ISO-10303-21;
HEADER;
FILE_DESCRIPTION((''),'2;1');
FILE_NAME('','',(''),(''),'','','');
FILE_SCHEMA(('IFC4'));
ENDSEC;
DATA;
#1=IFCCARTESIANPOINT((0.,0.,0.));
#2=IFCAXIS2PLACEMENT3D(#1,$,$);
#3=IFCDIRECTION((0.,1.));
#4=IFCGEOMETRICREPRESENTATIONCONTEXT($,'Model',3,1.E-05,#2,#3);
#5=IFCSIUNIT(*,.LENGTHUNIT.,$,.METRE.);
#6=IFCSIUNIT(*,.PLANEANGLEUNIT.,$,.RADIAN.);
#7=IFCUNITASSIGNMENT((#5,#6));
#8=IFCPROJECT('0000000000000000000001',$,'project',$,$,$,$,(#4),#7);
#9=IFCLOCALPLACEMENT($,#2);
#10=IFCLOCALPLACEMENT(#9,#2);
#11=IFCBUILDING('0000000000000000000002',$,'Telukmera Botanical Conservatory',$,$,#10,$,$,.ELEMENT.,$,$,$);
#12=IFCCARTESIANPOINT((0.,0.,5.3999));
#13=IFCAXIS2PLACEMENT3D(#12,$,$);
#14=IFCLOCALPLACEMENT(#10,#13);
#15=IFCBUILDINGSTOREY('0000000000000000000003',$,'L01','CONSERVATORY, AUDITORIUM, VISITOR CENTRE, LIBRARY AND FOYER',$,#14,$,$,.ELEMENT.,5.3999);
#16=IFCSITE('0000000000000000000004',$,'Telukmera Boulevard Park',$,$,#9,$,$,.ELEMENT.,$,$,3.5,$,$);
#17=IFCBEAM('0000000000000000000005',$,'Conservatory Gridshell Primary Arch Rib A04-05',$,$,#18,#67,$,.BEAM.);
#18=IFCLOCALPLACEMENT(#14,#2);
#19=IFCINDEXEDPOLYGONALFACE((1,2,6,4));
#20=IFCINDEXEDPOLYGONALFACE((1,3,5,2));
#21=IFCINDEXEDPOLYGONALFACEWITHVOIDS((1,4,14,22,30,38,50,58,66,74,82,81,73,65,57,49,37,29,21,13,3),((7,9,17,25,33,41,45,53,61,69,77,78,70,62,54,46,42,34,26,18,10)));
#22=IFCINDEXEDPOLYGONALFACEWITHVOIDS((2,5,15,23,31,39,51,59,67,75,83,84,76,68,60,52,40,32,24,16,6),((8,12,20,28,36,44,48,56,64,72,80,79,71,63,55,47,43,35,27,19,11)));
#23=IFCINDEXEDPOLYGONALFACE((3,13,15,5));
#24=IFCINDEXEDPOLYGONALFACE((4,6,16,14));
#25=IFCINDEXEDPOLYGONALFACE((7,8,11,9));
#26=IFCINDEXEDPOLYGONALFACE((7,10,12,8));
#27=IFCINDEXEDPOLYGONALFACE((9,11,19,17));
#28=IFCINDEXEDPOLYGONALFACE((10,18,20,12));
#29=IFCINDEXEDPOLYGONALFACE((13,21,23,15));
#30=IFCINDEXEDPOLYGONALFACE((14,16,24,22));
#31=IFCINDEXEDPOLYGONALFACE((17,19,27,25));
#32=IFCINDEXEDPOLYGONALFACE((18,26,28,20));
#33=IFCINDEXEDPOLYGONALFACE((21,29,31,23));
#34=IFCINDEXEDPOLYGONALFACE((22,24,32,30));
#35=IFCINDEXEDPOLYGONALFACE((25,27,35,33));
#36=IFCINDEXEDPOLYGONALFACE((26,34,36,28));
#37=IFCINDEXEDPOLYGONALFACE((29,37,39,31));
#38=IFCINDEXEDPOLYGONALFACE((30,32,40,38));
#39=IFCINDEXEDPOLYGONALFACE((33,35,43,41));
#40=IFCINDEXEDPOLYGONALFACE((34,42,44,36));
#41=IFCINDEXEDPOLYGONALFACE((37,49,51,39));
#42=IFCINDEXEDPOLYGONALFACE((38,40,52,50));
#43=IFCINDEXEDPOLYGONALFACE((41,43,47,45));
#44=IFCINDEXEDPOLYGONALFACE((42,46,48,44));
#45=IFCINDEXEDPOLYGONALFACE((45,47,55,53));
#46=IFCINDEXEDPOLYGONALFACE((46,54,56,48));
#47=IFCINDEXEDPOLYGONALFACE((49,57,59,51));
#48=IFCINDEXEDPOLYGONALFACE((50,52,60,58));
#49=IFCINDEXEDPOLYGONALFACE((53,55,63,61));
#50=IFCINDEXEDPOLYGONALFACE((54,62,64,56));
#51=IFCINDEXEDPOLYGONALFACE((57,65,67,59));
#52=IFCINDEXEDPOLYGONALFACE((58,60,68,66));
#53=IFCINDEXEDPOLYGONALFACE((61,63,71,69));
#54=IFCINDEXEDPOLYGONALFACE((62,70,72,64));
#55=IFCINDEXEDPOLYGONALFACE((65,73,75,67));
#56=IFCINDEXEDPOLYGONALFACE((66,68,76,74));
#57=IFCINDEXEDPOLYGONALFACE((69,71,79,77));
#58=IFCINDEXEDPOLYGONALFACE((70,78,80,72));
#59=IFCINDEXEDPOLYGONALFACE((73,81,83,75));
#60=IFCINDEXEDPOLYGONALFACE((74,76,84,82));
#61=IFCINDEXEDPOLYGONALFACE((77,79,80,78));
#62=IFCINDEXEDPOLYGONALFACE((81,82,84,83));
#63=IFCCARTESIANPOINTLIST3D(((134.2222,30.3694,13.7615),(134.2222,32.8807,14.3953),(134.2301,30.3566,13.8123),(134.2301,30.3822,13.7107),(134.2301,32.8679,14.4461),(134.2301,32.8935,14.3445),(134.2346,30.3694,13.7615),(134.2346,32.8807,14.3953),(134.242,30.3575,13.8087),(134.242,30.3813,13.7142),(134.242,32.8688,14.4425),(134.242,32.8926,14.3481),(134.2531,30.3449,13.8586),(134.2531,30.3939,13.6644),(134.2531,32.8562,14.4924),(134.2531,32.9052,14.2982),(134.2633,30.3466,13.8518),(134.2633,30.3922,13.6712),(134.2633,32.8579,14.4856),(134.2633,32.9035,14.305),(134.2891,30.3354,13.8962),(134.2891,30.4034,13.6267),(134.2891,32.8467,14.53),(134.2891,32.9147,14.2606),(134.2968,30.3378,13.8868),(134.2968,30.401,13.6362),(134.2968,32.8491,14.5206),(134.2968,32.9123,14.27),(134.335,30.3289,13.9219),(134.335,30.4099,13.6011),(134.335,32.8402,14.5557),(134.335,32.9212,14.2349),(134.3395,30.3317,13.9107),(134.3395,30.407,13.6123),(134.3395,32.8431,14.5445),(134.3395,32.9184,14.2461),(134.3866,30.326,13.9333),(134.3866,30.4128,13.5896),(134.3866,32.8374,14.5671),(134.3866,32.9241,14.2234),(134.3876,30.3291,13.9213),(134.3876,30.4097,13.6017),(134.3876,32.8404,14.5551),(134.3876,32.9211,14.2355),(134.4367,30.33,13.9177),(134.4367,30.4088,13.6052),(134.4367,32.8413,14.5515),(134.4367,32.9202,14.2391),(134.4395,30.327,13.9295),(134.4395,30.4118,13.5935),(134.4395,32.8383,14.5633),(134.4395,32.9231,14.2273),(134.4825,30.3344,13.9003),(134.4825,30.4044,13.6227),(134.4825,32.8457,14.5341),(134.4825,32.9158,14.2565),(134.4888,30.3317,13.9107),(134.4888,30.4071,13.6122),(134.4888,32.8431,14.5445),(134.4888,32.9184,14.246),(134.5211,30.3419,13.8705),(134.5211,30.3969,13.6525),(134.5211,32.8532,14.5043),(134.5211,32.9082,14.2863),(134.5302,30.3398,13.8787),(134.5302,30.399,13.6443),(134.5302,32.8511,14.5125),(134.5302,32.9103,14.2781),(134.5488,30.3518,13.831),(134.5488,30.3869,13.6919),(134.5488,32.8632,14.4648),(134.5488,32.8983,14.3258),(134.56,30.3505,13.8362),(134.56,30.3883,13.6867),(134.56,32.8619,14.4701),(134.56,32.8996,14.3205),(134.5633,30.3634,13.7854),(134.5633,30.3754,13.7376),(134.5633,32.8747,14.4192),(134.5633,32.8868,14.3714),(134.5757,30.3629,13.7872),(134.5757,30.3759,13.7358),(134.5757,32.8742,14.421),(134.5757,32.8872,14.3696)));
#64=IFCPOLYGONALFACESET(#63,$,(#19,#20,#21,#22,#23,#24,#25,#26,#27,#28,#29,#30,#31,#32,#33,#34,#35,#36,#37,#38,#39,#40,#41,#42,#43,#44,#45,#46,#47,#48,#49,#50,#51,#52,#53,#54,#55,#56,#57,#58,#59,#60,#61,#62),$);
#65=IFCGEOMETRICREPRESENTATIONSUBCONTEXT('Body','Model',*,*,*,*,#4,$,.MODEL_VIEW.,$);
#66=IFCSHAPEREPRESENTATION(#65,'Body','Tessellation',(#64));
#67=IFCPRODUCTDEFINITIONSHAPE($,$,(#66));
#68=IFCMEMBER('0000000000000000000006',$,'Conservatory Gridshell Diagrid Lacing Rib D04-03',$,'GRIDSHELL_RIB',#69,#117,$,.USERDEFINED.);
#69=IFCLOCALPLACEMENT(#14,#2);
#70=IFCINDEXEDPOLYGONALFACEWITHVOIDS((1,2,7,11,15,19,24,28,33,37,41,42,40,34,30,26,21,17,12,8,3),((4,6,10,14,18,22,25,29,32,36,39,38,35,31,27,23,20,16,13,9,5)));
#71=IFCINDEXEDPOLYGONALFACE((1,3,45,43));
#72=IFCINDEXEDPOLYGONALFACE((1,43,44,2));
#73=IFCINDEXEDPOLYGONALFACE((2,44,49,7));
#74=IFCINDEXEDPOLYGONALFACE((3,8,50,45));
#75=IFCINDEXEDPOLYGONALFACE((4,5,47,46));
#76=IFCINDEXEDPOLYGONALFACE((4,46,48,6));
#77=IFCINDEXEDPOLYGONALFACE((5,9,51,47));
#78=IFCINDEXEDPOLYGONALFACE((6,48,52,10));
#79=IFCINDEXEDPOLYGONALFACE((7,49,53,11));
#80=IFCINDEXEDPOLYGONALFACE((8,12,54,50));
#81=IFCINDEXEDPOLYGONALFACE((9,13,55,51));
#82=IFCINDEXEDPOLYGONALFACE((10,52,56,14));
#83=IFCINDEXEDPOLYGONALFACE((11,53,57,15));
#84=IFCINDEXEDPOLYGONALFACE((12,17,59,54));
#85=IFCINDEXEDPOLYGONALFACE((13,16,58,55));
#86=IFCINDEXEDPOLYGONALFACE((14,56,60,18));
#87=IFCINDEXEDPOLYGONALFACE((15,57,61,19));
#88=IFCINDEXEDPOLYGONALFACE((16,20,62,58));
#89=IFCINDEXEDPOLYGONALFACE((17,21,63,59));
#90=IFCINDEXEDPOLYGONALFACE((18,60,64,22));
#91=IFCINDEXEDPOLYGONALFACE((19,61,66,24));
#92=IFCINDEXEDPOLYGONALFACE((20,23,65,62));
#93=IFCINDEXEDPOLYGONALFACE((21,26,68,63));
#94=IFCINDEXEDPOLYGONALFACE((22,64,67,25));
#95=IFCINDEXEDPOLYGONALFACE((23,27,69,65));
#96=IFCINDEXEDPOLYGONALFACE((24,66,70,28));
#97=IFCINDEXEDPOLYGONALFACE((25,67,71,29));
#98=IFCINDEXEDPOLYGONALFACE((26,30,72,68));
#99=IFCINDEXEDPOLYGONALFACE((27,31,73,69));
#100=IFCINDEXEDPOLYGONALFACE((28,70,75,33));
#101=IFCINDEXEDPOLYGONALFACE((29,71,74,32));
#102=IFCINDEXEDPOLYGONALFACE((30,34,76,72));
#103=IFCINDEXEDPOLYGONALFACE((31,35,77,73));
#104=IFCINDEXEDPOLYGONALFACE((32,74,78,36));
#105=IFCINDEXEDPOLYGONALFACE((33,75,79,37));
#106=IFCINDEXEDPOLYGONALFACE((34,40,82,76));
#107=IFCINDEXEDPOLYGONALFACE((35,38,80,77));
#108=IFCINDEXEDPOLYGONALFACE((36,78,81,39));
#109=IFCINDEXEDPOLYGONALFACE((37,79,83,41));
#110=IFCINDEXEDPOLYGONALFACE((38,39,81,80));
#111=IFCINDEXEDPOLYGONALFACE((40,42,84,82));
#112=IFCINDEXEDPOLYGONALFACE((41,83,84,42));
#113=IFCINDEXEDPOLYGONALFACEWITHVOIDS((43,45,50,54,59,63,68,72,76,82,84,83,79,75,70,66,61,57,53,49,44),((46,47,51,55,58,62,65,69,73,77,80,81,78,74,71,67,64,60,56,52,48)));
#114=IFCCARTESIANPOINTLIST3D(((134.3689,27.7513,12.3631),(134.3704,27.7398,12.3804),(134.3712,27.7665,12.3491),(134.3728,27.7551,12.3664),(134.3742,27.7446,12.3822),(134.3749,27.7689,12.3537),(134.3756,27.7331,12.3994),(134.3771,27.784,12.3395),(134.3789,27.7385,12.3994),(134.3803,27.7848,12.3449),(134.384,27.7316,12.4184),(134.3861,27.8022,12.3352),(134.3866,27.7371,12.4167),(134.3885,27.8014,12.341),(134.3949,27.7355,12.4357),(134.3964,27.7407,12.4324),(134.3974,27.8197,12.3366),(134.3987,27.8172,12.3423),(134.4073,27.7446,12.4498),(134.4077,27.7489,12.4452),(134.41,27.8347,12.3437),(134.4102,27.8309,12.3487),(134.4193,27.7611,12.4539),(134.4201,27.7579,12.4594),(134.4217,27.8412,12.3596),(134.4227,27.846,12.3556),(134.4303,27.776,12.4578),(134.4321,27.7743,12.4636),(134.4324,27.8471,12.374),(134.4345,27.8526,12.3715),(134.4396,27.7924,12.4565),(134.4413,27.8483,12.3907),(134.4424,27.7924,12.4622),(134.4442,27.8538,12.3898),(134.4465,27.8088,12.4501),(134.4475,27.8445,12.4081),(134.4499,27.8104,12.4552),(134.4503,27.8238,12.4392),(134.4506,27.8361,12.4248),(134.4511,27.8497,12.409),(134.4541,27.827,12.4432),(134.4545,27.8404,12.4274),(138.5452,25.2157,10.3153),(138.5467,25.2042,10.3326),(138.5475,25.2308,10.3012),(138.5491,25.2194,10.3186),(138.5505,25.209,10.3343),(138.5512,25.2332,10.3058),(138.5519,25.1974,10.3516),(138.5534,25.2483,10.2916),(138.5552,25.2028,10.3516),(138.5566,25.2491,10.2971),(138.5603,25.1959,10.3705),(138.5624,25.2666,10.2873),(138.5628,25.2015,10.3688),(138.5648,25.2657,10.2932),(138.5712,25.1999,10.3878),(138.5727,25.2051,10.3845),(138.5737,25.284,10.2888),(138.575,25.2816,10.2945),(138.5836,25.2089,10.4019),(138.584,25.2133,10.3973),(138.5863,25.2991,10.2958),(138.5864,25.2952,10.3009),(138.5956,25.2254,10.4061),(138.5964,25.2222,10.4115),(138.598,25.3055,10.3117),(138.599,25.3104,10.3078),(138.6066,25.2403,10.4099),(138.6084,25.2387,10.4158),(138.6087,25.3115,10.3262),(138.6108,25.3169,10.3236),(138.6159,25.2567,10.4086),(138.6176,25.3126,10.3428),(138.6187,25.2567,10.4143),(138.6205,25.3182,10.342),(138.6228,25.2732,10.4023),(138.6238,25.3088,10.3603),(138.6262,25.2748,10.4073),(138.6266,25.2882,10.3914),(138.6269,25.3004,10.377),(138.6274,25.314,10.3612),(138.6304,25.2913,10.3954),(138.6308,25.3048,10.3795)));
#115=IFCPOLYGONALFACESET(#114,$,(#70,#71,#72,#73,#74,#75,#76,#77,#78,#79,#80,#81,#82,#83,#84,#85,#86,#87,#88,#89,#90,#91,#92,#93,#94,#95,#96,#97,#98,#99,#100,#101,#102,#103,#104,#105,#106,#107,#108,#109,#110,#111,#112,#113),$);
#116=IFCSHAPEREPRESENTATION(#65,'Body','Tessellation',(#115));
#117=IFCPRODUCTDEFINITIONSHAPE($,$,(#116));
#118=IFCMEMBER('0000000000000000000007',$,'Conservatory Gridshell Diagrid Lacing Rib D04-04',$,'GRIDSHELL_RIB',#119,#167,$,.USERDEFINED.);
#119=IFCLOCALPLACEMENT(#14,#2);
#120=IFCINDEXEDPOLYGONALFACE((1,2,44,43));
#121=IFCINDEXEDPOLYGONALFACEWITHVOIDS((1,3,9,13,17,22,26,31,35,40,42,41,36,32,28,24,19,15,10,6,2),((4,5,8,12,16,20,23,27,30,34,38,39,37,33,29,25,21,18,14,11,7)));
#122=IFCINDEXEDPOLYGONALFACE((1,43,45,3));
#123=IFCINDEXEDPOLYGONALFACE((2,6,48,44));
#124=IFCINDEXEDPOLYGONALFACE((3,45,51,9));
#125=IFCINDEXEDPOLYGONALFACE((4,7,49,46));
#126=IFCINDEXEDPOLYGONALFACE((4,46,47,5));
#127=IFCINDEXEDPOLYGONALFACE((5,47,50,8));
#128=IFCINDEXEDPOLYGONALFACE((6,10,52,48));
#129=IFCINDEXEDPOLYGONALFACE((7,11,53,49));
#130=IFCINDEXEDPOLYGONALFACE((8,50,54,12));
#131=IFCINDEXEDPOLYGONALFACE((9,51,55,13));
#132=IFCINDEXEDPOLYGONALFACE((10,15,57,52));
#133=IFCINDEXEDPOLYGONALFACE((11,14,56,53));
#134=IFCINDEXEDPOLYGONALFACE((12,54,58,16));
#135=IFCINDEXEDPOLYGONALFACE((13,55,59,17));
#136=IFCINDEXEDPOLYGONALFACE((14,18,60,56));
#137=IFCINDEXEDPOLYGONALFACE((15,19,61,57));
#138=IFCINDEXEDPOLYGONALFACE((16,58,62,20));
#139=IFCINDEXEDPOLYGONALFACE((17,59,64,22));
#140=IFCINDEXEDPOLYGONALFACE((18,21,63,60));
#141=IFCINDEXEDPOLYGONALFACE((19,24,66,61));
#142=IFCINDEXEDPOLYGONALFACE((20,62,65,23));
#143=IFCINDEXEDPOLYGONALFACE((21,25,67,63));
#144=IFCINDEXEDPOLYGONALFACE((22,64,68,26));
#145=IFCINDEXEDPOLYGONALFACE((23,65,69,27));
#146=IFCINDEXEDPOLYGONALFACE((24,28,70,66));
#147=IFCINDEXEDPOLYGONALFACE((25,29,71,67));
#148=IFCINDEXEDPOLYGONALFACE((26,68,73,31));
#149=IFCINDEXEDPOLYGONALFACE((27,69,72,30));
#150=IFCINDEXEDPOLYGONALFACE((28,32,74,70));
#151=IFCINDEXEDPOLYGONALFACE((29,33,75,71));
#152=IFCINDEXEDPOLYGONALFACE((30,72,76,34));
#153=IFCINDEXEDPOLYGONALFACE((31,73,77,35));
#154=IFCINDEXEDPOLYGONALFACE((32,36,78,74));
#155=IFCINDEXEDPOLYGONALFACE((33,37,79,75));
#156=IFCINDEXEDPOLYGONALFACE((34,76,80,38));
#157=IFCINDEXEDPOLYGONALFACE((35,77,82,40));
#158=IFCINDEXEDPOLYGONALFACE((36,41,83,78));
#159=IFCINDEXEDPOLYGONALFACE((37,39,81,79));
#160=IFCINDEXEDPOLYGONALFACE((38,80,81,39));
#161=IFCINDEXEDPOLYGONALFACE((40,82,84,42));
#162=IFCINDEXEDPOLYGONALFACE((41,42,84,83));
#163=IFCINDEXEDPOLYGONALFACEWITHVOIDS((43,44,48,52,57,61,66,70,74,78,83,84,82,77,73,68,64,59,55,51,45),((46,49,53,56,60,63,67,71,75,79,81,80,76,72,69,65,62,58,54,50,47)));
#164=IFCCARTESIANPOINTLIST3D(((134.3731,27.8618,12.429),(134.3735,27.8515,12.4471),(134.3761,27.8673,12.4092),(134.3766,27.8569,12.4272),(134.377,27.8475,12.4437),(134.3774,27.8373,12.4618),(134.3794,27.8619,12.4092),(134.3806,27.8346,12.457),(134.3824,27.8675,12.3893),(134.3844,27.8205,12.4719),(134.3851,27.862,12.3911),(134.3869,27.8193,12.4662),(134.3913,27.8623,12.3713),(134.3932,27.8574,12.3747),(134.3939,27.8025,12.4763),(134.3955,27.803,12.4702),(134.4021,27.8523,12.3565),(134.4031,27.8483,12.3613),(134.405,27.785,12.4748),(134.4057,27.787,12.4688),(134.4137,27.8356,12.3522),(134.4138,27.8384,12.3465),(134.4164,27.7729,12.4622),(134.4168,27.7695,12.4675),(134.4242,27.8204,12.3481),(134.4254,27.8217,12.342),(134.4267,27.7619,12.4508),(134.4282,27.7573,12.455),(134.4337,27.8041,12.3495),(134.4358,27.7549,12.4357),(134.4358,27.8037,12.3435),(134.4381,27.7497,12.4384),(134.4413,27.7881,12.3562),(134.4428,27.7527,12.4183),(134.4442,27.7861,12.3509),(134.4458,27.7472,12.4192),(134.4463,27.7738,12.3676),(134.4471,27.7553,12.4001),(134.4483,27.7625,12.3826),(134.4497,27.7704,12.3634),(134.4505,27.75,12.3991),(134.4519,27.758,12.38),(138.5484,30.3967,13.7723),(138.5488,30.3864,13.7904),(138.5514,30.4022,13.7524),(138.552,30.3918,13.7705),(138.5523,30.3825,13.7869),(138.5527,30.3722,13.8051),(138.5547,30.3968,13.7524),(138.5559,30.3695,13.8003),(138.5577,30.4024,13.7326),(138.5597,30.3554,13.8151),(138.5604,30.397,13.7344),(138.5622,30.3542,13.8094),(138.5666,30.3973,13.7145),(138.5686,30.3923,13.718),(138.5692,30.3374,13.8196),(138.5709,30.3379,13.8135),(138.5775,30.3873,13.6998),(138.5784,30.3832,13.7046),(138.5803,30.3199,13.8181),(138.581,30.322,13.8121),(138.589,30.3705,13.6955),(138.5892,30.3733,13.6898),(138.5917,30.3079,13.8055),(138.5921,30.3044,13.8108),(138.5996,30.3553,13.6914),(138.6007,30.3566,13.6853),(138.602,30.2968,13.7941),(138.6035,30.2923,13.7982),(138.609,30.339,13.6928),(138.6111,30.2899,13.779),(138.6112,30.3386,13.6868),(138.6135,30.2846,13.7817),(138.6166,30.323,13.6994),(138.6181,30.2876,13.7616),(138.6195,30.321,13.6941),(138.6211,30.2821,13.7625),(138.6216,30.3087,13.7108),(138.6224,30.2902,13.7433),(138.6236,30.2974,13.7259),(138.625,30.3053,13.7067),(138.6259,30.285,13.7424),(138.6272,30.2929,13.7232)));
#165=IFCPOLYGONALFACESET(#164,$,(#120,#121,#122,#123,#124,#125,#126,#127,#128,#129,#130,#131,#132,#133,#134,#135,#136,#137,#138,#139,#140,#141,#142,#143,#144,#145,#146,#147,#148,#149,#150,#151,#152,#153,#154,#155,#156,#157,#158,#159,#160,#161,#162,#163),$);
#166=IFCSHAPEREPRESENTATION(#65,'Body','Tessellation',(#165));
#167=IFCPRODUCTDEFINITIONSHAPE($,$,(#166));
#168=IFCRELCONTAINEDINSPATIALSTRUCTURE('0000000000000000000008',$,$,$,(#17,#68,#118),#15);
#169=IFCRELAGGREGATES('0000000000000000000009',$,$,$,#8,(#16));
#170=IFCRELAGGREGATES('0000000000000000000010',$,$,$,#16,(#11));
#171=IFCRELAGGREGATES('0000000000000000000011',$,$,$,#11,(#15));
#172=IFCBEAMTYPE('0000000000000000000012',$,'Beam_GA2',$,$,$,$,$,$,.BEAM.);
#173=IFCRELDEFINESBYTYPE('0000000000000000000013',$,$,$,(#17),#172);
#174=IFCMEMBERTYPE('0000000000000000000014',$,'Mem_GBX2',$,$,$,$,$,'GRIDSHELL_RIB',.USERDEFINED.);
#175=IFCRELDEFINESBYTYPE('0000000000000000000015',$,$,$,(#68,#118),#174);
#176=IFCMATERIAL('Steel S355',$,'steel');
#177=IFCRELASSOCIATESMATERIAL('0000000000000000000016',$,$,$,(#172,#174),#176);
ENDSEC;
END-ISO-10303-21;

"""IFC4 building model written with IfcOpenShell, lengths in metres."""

from ifc_helpers import new_model, si_unit, direction, frame, origin, origin_2d, place, context, subcontext, project, spatial, hollow_circle, extrude, material, material_profile, profile_set, type_object, element, save


model = new_model("IFC4")

# Units and contexts
model_context = context("Model", 3, precision=1e-05, world=origin(), true_north=direction((0.0, 1.0)))
body_context = subcontext(model_context, "Body", "Model", "MODEL_VIEW")
ifc_project = project(units=[si_unit("LENGTHUNIT", "METRE"), si_unit("PLANEANGLEUNIT", "RADIAN")], contexts=[model_context])

# Site, building, storey
site_placement = place(None, origin())
site = spatial("IfcSite", under=ifc_project, at=site_placement, Name="Telukmera Boulevard Park", CompositionType="ELEMENT", RefElevation=3.5)
building_placement = place(site_placement, origin())
building = spatial("IfcBuilding", under=site, at=building_placement, Name="Telukmera Botanical Conservatory", CompositionType="ELEMENT")
storey_placement = place(building_placement, frame((0.0, 0.0, 5.3999)))
storey = spatial("IfcBuildingStorey", under=building, at=storey_placement, Name="L01", Description="CONSERVATORY, AUDITORIUM, VISITOR CENTRE, LIBRARY AND FOYER", CompositionType="ELEMENT", Elevation=5.3999)

# Beam
ifc_material = material(Name="Steel S355", Category="steel")
ifc_material_profile_1 = material_profile(ifc_material, hollow_circle(Radius=0.1777, WallThickness=0.0125, at=origin_2d()), Name="CHS 355.6x12.5")
ifc_profile_set_1 = profile_set([ifc_material_profile_1], Name="Steel S355")
beam_type = type_object("IfcBeamType", Name="Beam_GA2", PredefinedType="BEAM", material=ifc_profile_set_1)
beam_placement = place(storey_placement, frame((134.3999, 30.3694, 13.7615), z_axis=(0.0, 0.969597, 0.244709), x_axis=(-1.0, 0.0, 0.0)))
element("IfcBeam", 1, at=beam_placement, inside=storey, type_object=beam_type, Name="Conservatory Gridshell Primary Arch Rib A04-05", PredefinedType="BEAM", context=body_context, shape_type="SweptSolid", body=[
    extrude(hollow_circle(Radius=0.1777, WallThickness=0.0125, at=origin_2d()), origin(), (0.0, 0.0, 1.0), 2.5901),
])

# Members
ifc_material_profile_2 = material_profile(ifc_material, hollow_circle(Radius=0.0698, WallThickness=0.0063, at=origin_2d()), Name="CHS 139.7x6.3")
ifc_profile_set_2 = profile_set([ifc_material_profile_2], Name="Steel S355")
member_type_1 = type_object("IfcMemberType", Name="Mem_GBX2", ElementType="GRIDSHELL_RIB", PredefinedType="USERDEFINED", material=ifc_profile_set_2)
member_1_placement = place(storey_placement, frame((138.5881, 25.2571, 10.3516), z_axis=(-0.788334, 0.478642, 0.386563), x_axis=(-0.518986, -0.854783, 0.0)))
element("IfcMember", 2, at=member_1_placement, inside=storey, type_object=member_type_1, Name="Conservatory Gridshell Diagrid Lacing Rib D04-03", ObjectType="GRIDSHELL_RIB", PredefinedType="USERDEFINED", context=body_context, shape_type="SweptSolid", body=[
    extrude(hollow_circle(Radius=0.0698, WallThickness=0.0063, at=origin_2d()), origin(), (0.0, 0.0, 1.0), 5.2976),
])
member_2_placement = place(storey_placement, frame((134.4124, 27.8076, 12.4092), z_axis=(0.824198, 0.500389, 0.265158), x_axis=(-0.518965, 0.854795, 0.0)))
element("IfcMember", 3, at=member_2_placement, inside=storey, type_object=member_type_1, Name="Conservatory Gridshell Diagrid Lacing Rib D04-04", ObjectType="GRIDSHELL_RIB", PredefinedType="USERDEFINED", context=body_context, shape_type="SweptSolid", body=[
    extrude(hollow_circle(Radius=0.0698, WallThickness=0.0063, at=origin_2d()), origin(), (0.0, 0.0, 1.0), 5.0659),
])

save(model, "model.ifc")
